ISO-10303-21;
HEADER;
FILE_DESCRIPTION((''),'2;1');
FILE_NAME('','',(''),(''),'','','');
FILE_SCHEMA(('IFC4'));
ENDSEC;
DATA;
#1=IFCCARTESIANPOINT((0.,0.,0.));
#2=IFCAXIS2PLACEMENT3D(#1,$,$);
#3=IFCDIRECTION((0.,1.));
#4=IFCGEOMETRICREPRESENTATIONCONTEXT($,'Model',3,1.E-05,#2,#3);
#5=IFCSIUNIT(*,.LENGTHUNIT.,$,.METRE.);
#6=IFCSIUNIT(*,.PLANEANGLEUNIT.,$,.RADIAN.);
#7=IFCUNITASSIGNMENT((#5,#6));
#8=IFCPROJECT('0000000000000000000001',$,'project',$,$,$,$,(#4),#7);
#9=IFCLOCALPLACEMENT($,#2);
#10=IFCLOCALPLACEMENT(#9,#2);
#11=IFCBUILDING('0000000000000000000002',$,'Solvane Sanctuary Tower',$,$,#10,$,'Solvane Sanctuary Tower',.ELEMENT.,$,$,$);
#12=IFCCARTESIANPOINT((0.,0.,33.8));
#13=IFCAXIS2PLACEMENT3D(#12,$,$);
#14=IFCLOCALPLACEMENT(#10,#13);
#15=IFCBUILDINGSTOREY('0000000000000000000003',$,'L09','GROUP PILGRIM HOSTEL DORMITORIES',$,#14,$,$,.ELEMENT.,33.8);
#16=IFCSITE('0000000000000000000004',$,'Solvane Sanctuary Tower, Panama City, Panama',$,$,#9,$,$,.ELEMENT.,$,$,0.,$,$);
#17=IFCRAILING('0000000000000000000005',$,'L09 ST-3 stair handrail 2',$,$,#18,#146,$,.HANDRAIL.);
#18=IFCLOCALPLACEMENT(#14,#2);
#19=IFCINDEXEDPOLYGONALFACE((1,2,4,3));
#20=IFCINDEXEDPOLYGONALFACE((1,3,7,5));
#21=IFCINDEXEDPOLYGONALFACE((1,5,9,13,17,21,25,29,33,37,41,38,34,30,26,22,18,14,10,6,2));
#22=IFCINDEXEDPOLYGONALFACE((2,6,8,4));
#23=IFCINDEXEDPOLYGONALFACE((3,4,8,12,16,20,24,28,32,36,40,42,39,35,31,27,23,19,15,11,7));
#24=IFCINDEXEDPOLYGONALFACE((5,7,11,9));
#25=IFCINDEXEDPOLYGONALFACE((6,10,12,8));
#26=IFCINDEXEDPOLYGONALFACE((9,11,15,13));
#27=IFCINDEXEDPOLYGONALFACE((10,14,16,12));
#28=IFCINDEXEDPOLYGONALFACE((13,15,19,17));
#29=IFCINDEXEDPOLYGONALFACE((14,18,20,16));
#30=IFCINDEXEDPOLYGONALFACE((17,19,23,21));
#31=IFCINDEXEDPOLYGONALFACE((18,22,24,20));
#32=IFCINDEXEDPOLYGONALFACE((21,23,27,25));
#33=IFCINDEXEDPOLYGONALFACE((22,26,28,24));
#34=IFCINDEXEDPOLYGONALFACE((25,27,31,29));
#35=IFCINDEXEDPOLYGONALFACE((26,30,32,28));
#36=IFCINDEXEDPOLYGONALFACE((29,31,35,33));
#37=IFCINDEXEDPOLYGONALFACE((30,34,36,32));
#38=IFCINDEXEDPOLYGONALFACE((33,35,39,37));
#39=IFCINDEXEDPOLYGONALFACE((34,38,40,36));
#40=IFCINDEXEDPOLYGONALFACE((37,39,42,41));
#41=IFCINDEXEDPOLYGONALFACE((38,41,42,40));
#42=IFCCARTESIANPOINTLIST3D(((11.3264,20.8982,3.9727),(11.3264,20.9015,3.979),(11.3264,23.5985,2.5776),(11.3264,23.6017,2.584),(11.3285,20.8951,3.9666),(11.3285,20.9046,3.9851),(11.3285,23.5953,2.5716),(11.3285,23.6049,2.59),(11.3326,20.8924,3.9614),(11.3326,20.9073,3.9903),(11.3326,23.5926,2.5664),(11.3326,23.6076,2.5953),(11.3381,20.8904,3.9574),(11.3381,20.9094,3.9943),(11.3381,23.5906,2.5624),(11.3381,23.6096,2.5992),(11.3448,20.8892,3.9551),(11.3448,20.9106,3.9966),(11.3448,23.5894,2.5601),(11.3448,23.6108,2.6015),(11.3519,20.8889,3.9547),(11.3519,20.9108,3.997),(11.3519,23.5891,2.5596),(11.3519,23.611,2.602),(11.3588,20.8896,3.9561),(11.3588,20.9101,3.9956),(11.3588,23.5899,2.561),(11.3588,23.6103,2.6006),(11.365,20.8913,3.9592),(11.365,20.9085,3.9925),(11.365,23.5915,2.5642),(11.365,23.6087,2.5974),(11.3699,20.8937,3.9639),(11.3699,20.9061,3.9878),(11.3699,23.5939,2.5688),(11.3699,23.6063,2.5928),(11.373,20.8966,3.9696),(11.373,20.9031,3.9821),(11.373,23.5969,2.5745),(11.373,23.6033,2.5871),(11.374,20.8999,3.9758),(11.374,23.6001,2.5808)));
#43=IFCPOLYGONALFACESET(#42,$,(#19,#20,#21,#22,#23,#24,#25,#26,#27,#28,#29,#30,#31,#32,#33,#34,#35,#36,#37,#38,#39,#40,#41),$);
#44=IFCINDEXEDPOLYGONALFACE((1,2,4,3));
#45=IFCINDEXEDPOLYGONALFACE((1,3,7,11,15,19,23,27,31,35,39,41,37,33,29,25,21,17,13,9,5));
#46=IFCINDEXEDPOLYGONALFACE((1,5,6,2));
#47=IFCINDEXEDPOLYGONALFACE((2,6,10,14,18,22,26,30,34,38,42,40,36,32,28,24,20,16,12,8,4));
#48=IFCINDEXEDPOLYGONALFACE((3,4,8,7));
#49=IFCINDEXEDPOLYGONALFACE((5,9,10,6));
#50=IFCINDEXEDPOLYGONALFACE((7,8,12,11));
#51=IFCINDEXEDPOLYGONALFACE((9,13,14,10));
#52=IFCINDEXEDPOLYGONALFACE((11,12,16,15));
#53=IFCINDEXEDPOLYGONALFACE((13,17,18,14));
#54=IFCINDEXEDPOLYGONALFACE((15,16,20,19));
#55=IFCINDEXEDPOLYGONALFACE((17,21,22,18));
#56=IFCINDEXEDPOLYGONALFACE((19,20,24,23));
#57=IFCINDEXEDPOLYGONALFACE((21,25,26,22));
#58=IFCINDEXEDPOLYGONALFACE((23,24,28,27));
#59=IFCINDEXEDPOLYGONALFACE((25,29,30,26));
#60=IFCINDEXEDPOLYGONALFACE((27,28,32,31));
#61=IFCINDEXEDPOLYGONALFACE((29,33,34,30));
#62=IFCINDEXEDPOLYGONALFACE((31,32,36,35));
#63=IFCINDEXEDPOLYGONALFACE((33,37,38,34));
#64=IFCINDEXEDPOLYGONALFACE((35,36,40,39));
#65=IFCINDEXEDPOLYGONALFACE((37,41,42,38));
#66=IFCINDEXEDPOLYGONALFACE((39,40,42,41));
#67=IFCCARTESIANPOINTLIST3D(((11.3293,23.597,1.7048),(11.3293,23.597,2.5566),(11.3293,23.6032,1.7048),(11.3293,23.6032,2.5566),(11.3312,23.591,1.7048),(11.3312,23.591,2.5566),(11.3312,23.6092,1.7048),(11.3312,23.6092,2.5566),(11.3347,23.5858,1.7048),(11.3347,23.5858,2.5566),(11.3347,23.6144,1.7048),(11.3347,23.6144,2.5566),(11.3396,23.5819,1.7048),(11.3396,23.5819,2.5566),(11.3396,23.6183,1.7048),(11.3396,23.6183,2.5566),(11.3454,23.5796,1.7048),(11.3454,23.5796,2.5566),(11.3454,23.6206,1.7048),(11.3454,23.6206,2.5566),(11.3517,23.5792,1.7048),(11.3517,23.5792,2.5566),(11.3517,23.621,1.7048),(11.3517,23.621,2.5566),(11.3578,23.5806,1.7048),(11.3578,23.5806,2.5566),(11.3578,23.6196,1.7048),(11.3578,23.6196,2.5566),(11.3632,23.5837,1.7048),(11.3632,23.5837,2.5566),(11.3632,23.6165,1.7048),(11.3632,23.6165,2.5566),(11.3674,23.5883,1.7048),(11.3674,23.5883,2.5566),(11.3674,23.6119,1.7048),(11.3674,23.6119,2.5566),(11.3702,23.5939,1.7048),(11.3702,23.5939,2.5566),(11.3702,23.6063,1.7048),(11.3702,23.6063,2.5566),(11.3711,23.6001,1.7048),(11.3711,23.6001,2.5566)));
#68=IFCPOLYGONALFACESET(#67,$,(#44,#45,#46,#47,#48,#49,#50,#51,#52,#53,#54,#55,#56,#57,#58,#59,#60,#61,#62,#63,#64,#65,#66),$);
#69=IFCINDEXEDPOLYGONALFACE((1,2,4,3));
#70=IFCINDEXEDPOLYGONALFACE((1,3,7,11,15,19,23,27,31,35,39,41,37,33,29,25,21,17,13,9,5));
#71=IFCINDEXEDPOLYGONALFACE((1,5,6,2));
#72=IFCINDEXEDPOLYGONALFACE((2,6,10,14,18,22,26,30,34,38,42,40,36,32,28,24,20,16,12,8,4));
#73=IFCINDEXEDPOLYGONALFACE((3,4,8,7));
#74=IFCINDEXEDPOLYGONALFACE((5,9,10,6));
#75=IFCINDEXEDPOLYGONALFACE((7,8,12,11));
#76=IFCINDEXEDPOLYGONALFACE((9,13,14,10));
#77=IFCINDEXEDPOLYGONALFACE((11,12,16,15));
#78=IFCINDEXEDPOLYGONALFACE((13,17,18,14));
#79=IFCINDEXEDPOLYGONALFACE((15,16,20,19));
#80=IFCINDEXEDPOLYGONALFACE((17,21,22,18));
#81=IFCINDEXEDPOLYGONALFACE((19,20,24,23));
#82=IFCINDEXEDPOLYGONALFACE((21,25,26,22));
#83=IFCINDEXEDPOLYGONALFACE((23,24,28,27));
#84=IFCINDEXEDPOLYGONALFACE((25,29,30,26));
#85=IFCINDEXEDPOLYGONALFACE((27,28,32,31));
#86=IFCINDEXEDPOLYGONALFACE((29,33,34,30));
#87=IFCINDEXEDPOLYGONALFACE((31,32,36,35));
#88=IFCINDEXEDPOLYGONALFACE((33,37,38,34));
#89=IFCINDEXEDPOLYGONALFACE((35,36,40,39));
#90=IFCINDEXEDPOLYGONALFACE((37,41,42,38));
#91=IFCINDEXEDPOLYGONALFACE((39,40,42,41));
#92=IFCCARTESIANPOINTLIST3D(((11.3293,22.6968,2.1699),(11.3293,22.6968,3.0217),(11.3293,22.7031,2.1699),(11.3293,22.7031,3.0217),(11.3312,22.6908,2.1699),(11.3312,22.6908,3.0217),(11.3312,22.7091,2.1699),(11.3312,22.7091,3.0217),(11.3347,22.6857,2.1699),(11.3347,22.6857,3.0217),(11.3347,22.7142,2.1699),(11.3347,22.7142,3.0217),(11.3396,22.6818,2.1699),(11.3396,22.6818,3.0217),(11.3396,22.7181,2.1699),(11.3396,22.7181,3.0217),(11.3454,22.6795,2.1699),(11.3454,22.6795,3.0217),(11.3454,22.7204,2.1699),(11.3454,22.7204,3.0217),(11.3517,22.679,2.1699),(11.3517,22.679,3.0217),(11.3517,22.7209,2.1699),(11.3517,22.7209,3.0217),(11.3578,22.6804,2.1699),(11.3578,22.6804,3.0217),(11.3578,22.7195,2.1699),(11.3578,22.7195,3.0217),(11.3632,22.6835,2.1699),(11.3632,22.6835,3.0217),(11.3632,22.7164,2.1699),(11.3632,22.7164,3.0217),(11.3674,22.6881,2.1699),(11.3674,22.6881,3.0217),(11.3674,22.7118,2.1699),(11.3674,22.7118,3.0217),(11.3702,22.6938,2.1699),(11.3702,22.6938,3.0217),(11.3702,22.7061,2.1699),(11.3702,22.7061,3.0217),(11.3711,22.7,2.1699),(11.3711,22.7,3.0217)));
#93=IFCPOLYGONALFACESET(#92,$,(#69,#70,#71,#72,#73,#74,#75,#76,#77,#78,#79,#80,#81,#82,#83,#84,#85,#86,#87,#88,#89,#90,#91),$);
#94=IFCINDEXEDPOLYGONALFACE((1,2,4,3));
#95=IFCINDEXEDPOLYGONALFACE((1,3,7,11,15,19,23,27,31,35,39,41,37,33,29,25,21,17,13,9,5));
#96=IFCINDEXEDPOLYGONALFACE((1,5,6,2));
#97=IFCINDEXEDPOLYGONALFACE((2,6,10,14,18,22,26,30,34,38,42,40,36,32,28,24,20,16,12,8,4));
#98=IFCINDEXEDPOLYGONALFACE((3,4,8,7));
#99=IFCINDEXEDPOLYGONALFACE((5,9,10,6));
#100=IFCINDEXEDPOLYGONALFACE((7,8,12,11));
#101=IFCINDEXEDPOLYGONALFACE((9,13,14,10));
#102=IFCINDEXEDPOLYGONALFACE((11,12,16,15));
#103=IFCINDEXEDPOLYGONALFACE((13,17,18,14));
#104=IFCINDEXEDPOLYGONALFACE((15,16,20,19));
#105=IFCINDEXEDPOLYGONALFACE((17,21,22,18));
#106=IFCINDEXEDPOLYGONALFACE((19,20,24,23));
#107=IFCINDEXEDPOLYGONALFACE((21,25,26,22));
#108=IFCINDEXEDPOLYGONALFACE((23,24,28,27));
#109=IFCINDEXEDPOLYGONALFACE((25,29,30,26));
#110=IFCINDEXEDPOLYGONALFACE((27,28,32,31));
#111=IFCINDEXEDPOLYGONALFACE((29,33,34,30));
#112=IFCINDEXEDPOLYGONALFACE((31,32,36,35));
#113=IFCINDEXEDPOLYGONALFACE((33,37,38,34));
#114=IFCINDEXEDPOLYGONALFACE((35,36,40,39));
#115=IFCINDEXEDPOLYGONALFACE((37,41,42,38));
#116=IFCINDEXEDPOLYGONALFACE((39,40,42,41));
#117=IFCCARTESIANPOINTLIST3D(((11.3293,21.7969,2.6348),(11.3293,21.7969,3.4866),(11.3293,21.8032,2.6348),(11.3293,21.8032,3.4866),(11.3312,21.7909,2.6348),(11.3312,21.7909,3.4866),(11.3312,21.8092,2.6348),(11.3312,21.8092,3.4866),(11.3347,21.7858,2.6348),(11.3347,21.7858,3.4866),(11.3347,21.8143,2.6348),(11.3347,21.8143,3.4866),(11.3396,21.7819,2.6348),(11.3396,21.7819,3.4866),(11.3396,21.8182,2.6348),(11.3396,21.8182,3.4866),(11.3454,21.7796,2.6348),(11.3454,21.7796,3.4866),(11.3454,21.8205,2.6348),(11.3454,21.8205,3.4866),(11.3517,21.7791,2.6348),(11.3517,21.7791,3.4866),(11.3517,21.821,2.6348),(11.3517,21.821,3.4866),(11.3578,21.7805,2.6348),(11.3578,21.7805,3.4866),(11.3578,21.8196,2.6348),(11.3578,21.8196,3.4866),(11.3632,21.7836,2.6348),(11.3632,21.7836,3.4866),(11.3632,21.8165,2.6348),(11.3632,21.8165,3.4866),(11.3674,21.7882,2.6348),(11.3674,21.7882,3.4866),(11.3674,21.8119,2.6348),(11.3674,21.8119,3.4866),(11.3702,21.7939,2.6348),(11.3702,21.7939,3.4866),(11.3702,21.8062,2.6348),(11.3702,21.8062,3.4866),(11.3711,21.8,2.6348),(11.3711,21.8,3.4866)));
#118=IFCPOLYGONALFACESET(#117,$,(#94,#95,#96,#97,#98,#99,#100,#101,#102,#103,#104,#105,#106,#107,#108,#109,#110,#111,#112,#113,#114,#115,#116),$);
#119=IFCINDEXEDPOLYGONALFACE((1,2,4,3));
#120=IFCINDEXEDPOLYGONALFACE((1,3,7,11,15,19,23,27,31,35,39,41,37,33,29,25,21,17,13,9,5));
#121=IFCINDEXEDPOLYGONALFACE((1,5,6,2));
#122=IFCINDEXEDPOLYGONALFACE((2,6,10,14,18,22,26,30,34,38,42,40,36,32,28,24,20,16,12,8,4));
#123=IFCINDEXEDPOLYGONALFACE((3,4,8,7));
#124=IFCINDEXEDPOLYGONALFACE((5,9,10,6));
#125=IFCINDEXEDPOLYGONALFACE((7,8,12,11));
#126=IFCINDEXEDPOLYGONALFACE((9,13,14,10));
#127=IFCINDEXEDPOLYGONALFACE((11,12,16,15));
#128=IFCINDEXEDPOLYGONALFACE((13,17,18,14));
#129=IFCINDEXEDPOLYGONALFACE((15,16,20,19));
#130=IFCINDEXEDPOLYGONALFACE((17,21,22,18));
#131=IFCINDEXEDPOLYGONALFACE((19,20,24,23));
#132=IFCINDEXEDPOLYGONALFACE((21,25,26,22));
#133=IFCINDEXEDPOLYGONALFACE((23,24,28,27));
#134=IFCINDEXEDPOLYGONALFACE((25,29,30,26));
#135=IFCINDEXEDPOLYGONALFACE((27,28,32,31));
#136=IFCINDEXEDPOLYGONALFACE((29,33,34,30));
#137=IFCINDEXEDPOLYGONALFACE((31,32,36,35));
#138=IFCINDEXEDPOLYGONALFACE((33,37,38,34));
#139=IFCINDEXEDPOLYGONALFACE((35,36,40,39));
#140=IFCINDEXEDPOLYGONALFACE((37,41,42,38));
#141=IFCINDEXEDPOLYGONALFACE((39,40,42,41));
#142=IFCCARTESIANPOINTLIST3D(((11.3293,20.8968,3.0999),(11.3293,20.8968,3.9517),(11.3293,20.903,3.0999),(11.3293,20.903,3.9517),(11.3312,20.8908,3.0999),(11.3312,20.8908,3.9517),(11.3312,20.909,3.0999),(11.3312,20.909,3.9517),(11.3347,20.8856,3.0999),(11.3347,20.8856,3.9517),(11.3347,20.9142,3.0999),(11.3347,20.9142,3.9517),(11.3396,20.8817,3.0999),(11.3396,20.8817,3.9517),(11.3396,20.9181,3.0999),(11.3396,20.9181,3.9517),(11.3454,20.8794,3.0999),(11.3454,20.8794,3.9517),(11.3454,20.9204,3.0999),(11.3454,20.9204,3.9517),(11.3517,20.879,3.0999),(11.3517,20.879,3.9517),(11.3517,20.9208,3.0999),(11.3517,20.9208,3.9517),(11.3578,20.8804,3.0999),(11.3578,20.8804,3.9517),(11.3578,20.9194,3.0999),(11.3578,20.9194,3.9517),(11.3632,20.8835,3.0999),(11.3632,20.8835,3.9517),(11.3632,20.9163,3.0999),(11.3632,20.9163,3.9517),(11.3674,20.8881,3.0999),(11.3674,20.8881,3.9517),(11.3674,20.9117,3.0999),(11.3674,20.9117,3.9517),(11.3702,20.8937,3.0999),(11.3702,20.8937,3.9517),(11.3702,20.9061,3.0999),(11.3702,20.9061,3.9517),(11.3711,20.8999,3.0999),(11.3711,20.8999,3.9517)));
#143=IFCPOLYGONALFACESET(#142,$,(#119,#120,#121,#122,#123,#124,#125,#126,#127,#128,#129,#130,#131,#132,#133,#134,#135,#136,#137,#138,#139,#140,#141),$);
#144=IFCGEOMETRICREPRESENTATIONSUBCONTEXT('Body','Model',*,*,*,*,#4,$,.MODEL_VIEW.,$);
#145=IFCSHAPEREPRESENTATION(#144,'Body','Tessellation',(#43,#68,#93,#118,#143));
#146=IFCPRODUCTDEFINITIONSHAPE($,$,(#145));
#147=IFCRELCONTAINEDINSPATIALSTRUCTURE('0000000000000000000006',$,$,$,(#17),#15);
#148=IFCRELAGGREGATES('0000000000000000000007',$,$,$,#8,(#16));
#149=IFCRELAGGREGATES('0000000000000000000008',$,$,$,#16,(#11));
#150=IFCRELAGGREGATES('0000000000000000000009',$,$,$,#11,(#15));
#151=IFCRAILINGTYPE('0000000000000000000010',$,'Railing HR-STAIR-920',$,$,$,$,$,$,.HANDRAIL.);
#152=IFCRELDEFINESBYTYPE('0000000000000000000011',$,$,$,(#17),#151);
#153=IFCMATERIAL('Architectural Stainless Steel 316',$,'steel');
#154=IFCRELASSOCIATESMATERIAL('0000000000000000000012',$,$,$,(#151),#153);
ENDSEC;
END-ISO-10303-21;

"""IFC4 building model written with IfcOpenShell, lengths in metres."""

from ifc_helpers import new_model, si_unit, direction, frame, origin, origin_2d, place, context, subcontext, project, spatial, circle, extrude, material, type_object, element, save


model = new_model("IFC4")

# Units and contexts
model_context = context("Model", 3, precision=1e-05, world=origin(), true_north=direction((0.0, 1.0)))
body_context = subcontext(model_context, "Body", "Model", "MODEL_VIEW")
ifc_project = project(units=[si_unit("LENGTHUNIT", "METRE"), si_unit("PLANEANGLEUNIT", "RADIAN")], contexts=[model_context])

# Site, building, storey
site_placement = place(None, origin())
site = spatial("IfcSite", under=ifc_project, at=site_placement, Name="Solvane Sanctuary Tower, Panama City, Panama", CompositionType="ELEMENT", RefElevation=0.0)
building_placement = place(site_placement, origin())
building = spatial("IfcBuilding", under=site, at=building_placement, Name="Solvane Sanctuary Tower", LongName="Solvane Sanctuary Tower", CompositionType="ELEMENT")
storey_placement = place(building_placement, frame((0.0, 0.0, 33.8)))
storey = spatial("IfcBuildingStorey", under=building, at=storey_placement, Name="L09", Description="GROUP PILGRIM HOSTEL DORMITORIES", CompositionType="ELEMENT", Elevation=33.8)

# Railing
ifc_material_1 = material(Name="Architectural Stainless Steel 316", Category="steel")
railing_type_1 = type_object("IfcRailingType", Name="Railing HR-STAIR-920", PredefinedType="HANDRAIL", material=ifc_material_1)
railing_1_placement = place(storey_placement, frame((11.3501, 23.6001, 1.7048)))
element("IfcRailing", 1, at=railing_1_placement, inside=storey, type_object=railing_type_1, Name="L09 ST-3 stair handrail 2", PredefinedType="HANDRAIL", context=body_context, shape_type="SweptSolid", body=[
    extrude(circle(Radius=0.0239, at=origin_2d()), frame((0.0, 0.0, 0.876), z_axis=(0.0, -0.888437, 0.458999), x_axis=(1.0, 0.0, 0.0)), (0.0, 0.0, 1.0), 3.0393),
    extrude(circle(Radius=0.021, at=origin_2d()), origin(), (0.0, 0.0, 1.0), 0.8518),
    extrude(circle(Radius=0.021, at=origin_2d()), frame((0.0, -0.9001, 0.4651)), (0.0, 0.0, 1.0), 0.8518),
    extrude(circle(Radius=0.021, at=origin_2d()), frame((0.0, -1.8, 0.9299)), (0.0, 0.0, 1.0), 0.8518),
    extrude(circle(Radius=0.021, at=origin_2d()), frame((0.0, -2.7002, 1.395)), (0.0, 0.0, 1.0), 0.8518),
])

save(model, "model.ifc")
